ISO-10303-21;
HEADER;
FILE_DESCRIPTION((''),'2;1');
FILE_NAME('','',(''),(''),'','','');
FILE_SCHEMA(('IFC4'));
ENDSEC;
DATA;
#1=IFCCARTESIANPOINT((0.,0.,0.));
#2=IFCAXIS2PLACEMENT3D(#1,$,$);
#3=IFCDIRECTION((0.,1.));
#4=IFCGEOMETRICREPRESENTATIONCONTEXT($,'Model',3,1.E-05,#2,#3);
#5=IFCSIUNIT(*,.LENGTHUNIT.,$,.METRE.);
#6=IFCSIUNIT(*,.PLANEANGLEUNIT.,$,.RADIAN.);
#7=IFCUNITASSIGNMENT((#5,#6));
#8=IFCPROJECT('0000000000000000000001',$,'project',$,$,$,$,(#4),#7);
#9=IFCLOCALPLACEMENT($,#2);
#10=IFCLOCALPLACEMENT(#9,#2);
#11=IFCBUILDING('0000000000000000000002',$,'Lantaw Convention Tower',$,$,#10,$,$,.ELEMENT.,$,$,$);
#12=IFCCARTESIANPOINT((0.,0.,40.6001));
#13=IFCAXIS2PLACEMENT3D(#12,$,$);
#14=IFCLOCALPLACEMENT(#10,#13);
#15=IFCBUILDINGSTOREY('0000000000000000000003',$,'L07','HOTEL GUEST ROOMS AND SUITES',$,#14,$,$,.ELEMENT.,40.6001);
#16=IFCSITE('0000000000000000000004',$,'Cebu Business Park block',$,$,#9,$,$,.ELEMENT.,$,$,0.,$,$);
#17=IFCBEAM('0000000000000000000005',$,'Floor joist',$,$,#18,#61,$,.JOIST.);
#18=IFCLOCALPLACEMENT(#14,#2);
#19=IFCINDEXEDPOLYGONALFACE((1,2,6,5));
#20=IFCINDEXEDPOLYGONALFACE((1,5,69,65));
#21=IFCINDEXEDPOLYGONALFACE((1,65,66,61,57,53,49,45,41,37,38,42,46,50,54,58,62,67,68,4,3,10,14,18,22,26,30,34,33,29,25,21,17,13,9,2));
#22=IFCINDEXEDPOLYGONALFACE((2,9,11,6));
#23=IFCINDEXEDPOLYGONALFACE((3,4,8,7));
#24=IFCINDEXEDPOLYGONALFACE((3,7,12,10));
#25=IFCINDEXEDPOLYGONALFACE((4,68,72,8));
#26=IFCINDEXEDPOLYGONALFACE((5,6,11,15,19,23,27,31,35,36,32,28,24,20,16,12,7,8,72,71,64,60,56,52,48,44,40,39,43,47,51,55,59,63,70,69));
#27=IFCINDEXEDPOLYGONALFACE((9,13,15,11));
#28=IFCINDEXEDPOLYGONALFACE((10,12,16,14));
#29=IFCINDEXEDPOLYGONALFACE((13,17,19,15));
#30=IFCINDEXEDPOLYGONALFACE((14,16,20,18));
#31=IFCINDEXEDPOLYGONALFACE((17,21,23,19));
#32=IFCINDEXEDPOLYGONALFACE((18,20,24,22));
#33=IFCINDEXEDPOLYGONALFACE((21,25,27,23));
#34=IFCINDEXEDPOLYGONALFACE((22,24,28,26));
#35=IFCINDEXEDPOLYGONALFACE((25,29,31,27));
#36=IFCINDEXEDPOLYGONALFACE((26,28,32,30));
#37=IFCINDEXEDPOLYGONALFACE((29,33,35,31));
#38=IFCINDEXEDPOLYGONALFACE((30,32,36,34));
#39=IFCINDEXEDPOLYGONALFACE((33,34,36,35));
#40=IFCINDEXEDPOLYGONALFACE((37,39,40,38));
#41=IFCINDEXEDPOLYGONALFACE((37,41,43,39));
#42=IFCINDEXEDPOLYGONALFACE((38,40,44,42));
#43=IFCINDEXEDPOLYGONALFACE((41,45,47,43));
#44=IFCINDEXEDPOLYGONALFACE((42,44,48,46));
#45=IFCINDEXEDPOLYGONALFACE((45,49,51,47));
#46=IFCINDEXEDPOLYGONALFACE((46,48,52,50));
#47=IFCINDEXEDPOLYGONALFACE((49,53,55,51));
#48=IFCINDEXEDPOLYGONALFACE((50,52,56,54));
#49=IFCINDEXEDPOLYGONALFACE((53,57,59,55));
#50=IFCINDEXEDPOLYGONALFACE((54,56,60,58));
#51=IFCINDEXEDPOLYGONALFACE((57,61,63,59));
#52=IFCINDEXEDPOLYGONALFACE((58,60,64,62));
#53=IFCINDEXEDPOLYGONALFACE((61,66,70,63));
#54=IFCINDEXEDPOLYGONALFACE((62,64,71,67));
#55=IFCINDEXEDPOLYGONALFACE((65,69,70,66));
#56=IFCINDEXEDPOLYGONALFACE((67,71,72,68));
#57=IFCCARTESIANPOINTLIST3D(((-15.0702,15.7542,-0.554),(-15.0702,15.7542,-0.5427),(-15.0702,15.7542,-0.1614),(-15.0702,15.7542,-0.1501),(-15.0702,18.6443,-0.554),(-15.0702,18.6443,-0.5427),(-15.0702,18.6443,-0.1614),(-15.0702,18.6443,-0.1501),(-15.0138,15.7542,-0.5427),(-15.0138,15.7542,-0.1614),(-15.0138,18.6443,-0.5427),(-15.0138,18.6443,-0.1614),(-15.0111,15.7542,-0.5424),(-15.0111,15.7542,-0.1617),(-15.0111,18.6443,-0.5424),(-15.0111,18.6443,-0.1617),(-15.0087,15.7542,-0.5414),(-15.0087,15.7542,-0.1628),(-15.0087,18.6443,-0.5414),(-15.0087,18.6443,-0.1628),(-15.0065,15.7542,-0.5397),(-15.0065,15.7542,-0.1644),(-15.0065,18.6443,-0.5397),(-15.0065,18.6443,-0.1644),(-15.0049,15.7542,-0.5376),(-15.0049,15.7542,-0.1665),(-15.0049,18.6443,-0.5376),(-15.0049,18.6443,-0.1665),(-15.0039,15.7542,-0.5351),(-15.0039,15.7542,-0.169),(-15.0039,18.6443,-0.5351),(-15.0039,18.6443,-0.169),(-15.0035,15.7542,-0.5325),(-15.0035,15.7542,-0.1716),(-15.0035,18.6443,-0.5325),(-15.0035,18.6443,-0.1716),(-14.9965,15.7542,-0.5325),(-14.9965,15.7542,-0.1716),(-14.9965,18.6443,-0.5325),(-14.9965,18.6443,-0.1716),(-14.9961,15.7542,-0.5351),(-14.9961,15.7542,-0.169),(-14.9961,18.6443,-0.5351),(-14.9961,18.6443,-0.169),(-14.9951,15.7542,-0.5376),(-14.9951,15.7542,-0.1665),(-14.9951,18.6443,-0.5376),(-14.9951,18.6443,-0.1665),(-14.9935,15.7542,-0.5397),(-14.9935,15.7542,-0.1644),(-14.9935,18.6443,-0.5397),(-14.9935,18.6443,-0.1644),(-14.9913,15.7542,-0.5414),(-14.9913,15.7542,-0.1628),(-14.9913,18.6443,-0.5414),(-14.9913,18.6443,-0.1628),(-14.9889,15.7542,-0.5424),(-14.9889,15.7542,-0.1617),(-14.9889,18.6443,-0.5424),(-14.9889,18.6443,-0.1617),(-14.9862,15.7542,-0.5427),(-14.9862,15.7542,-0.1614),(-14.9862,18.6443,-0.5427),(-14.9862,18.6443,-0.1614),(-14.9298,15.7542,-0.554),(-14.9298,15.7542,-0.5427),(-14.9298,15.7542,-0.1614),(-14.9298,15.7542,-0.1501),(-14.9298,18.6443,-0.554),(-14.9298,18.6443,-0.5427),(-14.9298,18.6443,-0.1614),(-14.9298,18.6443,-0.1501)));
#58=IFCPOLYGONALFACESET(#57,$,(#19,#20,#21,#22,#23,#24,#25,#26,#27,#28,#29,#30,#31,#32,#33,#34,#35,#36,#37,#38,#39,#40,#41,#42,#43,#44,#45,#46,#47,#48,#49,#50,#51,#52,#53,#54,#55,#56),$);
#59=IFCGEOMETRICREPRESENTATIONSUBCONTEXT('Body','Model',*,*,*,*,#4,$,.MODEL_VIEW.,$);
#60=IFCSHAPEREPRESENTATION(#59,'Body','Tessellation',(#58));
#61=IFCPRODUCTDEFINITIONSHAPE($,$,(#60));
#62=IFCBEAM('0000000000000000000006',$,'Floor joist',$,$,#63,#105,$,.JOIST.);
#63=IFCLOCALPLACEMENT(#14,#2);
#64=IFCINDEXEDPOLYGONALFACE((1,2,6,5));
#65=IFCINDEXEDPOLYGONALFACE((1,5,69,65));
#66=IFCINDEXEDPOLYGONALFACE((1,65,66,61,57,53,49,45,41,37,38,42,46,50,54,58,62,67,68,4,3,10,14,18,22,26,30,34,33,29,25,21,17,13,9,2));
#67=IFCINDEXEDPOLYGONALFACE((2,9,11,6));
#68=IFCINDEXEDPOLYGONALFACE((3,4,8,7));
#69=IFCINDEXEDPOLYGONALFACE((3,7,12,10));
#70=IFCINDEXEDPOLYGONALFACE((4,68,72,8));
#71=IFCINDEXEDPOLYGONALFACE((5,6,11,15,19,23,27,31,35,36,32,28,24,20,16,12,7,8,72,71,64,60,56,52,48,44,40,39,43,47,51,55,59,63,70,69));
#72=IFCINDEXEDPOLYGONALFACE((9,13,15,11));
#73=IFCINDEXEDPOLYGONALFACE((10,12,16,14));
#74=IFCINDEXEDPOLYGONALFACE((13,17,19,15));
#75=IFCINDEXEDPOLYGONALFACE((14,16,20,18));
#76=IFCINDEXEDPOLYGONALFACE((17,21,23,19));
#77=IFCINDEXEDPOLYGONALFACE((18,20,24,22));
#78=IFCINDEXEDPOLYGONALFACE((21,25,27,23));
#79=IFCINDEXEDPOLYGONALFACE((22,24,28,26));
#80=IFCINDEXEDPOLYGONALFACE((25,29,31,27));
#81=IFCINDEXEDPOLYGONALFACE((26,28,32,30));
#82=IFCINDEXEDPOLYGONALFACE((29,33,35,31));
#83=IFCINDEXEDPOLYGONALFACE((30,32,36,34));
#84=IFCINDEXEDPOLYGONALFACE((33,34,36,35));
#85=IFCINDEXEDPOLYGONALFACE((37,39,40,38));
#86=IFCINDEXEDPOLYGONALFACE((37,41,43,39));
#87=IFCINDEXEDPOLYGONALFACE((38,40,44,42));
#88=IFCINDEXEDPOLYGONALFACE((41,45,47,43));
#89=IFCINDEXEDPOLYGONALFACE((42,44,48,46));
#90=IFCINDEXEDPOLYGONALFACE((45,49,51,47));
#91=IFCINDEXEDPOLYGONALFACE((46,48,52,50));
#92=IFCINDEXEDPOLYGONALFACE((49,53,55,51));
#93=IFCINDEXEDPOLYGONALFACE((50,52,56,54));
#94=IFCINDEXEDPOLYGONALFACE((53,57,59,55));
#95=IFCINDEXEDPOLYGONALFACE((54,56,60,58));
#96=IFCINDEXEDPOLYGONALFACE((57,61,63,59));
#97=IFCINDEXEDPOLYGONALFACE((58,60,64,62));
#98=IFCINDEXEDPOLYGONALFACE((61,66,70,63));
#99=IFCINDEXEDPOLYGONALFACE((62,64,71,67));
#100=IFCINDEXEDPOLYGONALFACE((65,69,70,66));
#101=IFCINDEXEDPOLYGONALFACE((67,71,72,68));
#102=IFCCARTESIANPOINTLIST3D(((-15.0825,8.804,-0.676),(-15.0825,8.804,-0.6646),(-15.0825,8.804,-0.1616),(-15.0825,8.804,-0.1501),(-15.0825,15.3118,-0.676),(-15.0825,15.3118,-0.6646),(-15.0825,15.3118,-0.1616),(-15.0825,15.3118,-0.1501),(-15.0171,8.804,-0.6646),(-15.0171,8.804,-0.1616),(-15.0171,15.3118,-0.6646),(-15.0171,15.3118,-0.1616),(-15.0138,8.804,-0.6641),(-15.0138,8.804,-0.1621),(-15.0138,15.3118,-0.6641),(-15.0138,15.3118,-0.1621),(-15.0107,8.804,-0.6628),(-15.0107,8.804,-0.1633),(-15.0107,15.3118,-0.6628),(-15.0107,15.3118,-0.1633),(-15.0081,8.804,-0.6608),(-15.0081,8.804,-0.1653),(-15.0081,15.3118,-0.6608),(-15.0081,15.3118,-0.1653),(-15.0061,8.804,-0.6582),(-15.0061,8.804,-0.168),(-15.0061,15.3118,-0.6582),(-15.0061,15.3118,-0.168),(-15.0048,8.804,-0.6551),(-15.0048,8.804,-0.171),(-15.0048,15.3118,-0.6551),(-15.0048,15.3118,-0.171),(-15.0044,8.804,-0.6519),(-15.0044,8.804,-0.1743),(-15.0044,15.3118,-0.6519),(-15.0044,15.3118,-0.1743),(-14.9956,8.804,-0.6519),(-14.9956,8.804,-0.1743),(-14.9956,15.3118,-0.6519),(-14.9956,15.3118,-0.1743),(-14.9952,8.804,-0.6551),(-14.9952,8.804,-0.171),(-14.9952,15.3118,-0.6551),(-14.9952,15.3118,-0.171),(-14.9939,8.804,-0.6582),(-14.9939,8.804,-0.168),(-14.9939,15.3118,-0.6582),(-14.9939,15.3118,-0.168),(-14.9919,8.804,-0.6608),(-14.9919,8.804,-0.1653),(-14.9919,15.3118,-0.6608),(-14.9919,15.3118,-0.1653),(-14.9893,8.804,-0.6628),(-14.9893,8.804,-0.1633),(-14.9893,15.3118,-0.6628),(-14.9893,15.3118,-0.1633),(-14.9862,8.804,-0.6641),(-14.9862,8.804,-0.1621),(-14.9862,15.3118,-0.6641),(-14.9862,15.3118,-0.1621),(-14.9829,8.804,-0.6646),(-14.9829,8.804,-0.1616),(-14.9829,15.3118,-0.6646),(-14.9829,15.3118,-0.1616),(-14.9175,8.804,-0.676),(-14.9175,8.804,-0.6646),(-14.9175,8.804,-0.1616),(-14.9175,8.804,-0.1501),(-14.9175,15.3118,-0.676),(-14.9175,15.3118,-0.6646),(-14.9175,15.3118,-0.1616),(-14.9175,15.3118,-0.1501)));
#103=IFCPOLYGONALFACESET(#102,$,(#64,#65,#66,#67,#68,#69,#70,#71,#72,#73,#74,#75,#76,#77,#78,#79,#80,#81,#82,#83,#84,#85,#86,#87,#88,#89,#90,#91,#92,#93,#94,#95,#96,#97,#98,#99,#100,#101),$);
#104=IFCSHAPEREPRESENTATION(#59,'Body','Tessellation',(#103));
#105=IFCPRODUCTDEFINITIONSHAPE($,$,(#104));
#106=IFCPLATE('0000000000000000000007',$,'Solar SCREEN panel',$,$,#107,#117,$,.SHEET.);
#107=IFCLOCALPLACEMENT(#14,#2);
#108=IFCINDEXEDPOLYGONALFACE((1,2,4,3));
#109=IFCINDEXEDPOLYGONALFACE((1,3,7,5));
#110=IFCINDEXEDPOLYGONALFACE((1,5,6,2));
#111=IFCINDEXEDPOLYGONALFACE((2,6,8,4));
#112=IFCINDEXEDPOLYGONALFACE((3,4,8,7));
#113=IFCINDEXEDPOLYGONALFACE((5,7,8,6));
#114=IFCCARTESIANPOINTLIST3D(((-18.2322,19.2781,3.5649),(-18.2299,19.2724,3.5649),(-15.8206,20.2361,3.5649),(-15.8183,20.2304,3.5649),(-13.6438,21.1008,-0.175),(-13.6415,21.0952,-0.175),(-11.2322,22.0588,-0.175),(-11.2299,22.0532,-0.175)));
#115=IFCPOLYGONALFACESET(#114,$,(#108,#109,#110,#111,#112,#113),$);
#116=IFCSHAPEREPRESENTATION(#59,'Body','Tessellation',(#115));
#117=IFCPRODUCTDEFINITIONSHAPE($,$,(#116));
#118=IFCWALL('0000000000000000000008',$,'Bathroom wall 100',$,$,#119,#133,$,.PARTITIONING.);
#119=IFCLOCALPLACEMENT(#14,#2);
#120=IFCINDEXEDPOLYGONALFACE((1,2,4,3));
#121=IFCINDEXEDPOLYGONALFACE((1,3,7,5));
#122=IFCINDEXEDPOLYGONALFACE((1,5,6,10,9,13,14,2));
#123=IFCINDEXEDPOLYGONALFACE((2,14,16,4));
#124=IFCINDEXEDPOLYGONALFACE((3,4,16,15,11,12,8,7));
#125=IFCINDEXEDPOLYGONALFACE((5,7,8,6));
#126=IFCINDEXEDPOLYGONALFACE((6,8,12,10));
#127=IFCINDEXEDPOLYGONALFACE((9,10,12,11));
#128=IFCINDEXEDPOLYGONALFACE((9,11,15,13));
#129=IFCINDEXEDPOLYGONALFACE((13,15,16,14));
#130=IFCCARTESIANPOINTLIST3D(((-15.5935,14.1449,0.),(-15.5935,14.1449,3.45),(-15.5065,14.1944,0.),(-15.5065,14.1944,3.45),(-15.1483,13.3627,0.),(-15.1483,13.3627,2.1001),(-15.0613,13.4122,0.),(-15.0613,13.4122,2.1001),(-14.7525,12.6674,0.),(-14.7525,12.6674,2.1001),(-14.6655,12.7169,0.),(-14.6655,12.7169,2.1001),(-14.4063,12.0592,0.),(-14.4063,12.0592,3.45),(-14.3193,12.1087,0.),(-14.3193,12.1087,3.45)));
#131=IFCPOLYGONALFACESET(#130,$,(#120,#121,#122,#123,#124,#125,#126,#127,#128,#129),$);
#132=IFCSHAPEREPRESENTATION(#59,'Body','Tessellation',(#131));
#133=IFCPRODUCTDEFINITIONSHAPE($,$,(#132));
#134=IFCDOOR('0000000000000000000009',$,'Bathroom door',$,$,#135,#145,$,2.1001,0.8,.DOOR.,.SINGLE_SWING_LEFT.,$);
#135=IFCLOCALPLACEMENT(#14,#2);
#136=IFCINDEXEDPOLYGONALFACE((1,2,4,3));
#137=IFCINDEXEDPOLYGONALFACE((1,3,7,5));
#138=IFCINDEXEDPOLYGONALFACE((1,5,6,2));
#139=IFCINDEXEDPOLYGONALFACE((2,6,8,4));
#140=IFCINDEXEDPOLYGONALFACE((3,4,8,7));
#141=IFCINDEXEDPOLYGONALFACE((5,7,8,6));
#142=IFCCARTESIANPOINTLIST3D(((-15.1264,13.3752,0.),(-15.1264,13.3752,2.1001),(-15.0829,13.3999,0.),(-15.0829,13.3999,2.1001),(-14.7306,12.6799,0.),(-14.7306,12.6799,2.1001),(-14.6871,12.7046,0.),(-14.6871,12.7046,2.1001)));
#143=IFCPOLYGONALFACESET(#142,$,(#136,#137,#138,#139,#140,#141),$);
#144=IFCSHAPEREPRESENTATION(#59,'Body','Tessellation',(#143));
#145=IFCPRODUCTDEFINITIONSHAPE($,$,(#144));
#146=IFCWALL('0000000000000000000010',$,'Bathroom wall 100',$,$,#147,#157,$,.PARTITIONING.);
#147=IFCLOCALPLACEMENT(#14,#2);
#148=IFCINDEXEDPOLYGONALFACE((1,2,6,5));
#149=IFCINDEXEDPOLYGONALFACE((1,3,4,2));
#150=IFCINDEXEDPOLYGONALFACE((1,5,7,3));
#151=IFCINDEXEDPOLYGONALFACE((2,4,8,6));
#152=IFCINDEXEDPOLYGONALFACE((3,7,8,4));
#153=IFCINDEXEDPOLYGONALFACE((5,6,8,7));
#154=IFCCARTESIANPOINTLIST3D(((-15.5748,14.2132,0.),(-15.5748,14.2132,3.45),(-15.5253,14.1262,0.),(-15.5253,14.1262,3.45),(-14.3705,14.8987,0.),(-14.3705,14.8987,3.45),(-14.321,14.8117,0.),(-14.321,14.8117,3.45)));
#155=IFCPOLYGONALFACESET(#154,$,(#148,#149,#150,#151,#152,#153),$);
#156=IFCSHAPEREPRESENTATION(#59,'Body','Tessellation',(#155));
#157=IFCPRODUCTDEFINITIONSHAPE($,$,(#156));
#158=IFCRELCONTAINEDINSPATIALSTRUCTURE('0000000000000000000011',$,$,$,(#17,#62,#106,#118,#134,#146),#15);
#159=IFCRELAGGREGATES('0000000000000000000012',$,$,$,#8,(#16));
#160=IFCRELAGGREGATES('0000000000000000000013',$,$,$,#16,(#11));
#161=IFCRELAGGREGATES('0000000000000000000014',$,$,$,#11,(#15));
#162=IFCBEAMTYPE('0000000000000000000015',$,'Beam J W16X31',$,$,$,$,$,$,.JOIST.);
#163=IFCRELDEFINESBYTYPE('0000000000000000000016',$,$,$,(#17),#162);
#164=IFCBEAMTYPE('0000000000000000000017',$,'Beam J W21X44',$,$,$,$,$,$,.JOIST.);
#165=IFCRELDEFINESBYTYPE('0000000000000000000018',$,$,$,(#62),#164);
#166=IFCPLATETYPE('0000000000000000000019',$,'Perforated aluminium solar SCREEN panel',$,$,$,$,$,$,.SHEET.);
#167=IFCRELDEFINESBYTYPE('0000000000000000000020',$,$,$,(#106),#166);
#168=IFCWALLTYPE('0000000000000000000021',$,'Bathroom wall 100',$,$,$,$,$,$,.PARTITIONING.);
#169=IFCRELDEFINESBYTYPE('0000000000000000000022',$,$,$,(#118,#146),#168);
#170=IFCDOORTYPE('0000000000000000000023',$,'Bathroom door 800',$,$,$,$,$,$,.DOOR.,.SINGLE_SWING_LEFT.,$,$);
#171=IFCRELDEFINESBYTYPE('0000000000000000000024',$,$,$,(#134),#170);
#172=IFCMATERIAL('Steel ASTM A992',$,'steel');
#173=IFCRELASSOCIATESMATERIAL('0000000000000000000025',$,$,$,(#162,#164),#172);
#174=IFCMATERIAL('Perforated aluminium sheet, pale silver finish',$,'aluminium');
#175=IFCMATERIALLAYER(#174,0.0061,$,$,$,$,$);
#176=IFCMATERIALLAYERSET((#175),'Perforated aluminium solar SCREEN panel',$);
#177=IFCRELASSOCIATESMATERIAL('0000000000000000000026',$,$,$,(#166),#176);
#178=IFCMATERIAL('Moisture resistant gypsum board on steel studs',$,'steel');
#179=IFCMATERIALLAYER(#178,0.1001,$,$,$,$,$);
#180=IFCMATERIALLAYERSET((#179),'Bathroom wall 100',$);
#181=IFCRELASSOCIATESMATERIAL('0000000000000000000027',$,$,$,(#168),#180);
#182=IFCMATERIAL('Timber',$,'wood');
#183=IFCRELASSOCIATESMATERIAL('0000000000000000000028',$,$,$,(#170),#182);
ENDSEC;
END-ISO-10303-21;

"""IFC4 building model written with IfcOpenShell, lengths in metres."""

from ifc_helpers import new_model, si_unit, direction, frame, frame_2d, origin, origin_2d, place, context, subcontext, project, spatial, polyline, rectangle, i_section, outline, extrude, material, layer, layer_set, material_profile, profile_set, type_object, element, fill, save


model = new_model("IFC4")

# Units and contexts
model_context = context("Model", 3, precision=1e-05, world=origin(), true_north=direction((0.0, 1.0)))
body_context = subcontext(model_context, "Body", "Model", "MODEL_VIEW")
ifc_project = project(units=[si_unit("LENGTHUNIT", "METRE"), si_unit("PLANEANGLEUNIT", "RADIAN")], contexts=[model_context])

# Site, building, storey
site_placement = place(None, origin())
site = spatial("IfcSite", under=ifc_project, at=site_placement, Name="Cebu Business Park block", CompositionType="ELEMENT", RefElevation=0.0)
building_placement = place(site_placement, origin())
building = spatial("IfcBuilding", under=site, at=building_placement, Name="Lantaw Convention Tower", CompositionType="ELEMENT")
storey_placement = place(building_placement, frame((0.0, 0.0, 40.6001)))
storey = spatial("IfcBuildingStorey", under=building, at=storey_placement, Name="L07", Description="HOTEL GUEST ROOMS AND SUITES", CompositionType="ELEMENT", Elevation=40.6001)

# Beams
ifc_material_1 = material(Name="Steel ASTM A992", Category="steel")
ifc_material_profile_1 = material_profile(ifc_material_1, i_section(OverallWidth=0.1404, OverallDepth=0.4038, WebThickness=0.0071, FlangeThickness=0.0112, FilletRadius=0.0103, at=origin_2d()), Name="W16X31")
ifc_profile_set_1 = profile_set([ifc_material_profile_1], Name="Steel ASTM A992")
beam_type_1 = type_object("IfcBeamType", Name="Beam J W16X31", PredefinedType="JOIST", material=ifc_profile_set_1)
beam_1_placement = place(storey_placement, frame((-15.0, 15.7542, -0.3521), z_axis=(0.0, 1.0, 0.0), x_axis=(-1.0, 0.0, 0.0)))
element("IfcBeam", 1, at=beam_1_placement, inside=storey, type_object=beam_type_1, Name="Floor joist", PredefinedType="JOIST", context=body_context, shape_type="SweptSolid", body=[
    extrude(i_section(OverallWidth=0.1404, OverallDepth=0.4038, WebThickness=0.0071, FlangeThickness=0.0112, FilletRadius=0.0103, at=origin_2d()), origin(), (0.0, 0.0, 1.0), 2.8901),
])
ifc_material_profile_2 = material_profile(ifc_material_1, i_section(OverallWidth=0.165, OverallDepth=0.5259, WebThickness=0.0088, FlangeThickness=0.0115, FilletRadius=0.0127, at=origin_2d()), Name="W21X44")
ifc_profile_set_2 = profile_set([ifc_material_profile_2], Name="Steel ASTM A992")
beam_type_2 = type_object("IfcBeamType", Name="Beam J W21X44", PredefinedType="JOIST", material=ifc_profile_set_2)
beam_2_placement = place(storey_placement, frame((-15.0, 8.804, -0.4131), z_axis=(0.0, 1.0, 0.0), x_axis=(-1.0, 0.0, 0.0)))
element("IfcBeam", 2, at=beam_2_placement, inside=storey, type_object=beam_type_2, Name="Floor joist", PredefinedType="JOIST", context=body_context, shape_type="SweptSolid", body=[
    extrude(i_section(OverallWidth=0.165, OverallDepth=0.5259, WebThickness=0.0088, FlangeThickness=0.0115, FilletRadius=0.0127, at=origin_2d()), origin(), (0.0, 0.0, 1.0), 6.5078),
])

# Plate
ifc_material_2 = material(Name="Perforated aluminium sheet, pale silver finish", Category="aluminium")
ifc_layer_1 = layer(ifc_material_2, 0.0061)
ifc_layer_set_1 = layer_set([ifc_layer_1], Name="Perforated aluminium solar SCREEN panel")
plate_type = type_object("IfcPlateType", Name="Perforated aluminium solar SCREEN panel", PredefinedType="SHEET", material=ifc_layer_set_1)
plate_placement = place(storey_placement, frame((-11.2322, 22.0588, -0.175), z_axis=(-0.369184, 0.929357, 0.000009), x_axis=(-0.929357, -0.369184, 0.0)))
element("IfcPlate", 3, at=plate_placement, inside=storey, type_object=plate_type, Name="Solar SCREEN panel", PredefinedType="SHEET", context=body_context, shape_type="SweptSolid", body=[
    extrude(outline(polyline([(0.0, 0.0), (2.5949, 0.0), (7.5321, 3.74), (4.9372, 3.74), (0.0, 0.0)])), origin(), (0.0, 0.0, -1.0), 0.0061),
])

# Wall, opening, door
ifc_material_3 = material(Name="Moisture resistant gypsum board on steel studs", Category="steel")
ifc_layer_2 = layer(ifc_material_3, 0.1001)
ifc_layer_set_2 = layer_set([ifc_layer_2], Name="Bathroom wall 100")
wall_type_1 = type_object("IfcWallType", Name="Bathroom wall 100", PredefinedType="PARTITIONING", material=ifc_layer_set_2)
wall_1_placement = place(storey_placement, frame((-14.3628, 12.084, 0.0), z_axis=(0.0, 0.0, 1.0), x_axis=(-0.494703, 0.869062, 0.0)))
wall_1 = element("IfcWall", 4, at=wall_1_placement, inside=storey, type_object=wall_type_1, Name="Bathroom wall 100", PredefinedType="PARTITIONING", context=body_context, shape_type="SweptSolid", body=[
    extrude(rectangle(XDim=2.3999, YDim=0.1001, at=frame_2d((1.2, 0.0))), origin(), (0.0, 0.0, 1.0), 3.45),
])
opening_1_placement = place(wall_1_placement, frame((0.7, 0.0, 0.0)))
opening_1 = element("IfcOpeningElement", 5, at=opening_1_placement, cuts=wall_1, PredefinedType="OPENING", context=body_context, shape_type="SweptSolid", body=[
    extrude(rectangle(XDim=0.8, YDim=2.1001, at=frame_2d((0.3999, 1.05))), frame((0.0, 0.0601, 0.0), z_axis=(0.0, -1.0, 0.0), x_axis=(1.0, 0.0, 0.0)), (0.0, 0.0, 1.0), 0.1201),
])
ifc_material_4 = material(Name="Timber", Category="wood")
door_type_1 = type_object("IfcDoorType", Name="Bathroom door 800", OperationType="SINGLE_SWING_LEFT", PredefinedType="DOOR", material=ifc_material_4)
door_1_placement = place(opening_1_placement, origin())
door_1 = element("IfcDoor", 6, at=door_1_placement, inside=storey, type_object=door_type_1, Name="Bathroom door", OperationType="SINGLE_SWING_LEFT", OverallHeight=2.1001, OverallWidth=0.8, PredefinedType="DOOR", context=body_context, shape_type="SweptSolid", body=[
    extrude(rectangle(XDim=0.8, YDim=2.1001, at=frame_2d((0.3999, 1.05))), frame((0.0, 0.0249, 0.0), z_axis=(0.0, -1.0, 0.0), x_axis=(1.0, 0.0, 0.0)), (0.0, 0.0, 1.0), 0.05),
])
fill(opening_1, door_1)

# Wall
wall_2_placement = place(storey_placement, frame((-15.55, 14.1697, 0.0), z_axis=(0.0, 0.0, 1.0), x_axis=(0.869066, 0.494696, 0.0)))
element("IfcWall", 7, at=wall_2_placement, inside=storey, type_object=wall_type_1, Name="Bathroom wall 100", PredefinedType="PARTITIONING", context=body_context, shape_type="SweptSolid", body=[
    extrude(rectangle(XDim=1.3857, YDim=0.1001, at=frame_2d((0.6929, 0.0))), origin(), (0.0, 0.0, 1.0), 3.45),
])

save(model, "model.ifc")
